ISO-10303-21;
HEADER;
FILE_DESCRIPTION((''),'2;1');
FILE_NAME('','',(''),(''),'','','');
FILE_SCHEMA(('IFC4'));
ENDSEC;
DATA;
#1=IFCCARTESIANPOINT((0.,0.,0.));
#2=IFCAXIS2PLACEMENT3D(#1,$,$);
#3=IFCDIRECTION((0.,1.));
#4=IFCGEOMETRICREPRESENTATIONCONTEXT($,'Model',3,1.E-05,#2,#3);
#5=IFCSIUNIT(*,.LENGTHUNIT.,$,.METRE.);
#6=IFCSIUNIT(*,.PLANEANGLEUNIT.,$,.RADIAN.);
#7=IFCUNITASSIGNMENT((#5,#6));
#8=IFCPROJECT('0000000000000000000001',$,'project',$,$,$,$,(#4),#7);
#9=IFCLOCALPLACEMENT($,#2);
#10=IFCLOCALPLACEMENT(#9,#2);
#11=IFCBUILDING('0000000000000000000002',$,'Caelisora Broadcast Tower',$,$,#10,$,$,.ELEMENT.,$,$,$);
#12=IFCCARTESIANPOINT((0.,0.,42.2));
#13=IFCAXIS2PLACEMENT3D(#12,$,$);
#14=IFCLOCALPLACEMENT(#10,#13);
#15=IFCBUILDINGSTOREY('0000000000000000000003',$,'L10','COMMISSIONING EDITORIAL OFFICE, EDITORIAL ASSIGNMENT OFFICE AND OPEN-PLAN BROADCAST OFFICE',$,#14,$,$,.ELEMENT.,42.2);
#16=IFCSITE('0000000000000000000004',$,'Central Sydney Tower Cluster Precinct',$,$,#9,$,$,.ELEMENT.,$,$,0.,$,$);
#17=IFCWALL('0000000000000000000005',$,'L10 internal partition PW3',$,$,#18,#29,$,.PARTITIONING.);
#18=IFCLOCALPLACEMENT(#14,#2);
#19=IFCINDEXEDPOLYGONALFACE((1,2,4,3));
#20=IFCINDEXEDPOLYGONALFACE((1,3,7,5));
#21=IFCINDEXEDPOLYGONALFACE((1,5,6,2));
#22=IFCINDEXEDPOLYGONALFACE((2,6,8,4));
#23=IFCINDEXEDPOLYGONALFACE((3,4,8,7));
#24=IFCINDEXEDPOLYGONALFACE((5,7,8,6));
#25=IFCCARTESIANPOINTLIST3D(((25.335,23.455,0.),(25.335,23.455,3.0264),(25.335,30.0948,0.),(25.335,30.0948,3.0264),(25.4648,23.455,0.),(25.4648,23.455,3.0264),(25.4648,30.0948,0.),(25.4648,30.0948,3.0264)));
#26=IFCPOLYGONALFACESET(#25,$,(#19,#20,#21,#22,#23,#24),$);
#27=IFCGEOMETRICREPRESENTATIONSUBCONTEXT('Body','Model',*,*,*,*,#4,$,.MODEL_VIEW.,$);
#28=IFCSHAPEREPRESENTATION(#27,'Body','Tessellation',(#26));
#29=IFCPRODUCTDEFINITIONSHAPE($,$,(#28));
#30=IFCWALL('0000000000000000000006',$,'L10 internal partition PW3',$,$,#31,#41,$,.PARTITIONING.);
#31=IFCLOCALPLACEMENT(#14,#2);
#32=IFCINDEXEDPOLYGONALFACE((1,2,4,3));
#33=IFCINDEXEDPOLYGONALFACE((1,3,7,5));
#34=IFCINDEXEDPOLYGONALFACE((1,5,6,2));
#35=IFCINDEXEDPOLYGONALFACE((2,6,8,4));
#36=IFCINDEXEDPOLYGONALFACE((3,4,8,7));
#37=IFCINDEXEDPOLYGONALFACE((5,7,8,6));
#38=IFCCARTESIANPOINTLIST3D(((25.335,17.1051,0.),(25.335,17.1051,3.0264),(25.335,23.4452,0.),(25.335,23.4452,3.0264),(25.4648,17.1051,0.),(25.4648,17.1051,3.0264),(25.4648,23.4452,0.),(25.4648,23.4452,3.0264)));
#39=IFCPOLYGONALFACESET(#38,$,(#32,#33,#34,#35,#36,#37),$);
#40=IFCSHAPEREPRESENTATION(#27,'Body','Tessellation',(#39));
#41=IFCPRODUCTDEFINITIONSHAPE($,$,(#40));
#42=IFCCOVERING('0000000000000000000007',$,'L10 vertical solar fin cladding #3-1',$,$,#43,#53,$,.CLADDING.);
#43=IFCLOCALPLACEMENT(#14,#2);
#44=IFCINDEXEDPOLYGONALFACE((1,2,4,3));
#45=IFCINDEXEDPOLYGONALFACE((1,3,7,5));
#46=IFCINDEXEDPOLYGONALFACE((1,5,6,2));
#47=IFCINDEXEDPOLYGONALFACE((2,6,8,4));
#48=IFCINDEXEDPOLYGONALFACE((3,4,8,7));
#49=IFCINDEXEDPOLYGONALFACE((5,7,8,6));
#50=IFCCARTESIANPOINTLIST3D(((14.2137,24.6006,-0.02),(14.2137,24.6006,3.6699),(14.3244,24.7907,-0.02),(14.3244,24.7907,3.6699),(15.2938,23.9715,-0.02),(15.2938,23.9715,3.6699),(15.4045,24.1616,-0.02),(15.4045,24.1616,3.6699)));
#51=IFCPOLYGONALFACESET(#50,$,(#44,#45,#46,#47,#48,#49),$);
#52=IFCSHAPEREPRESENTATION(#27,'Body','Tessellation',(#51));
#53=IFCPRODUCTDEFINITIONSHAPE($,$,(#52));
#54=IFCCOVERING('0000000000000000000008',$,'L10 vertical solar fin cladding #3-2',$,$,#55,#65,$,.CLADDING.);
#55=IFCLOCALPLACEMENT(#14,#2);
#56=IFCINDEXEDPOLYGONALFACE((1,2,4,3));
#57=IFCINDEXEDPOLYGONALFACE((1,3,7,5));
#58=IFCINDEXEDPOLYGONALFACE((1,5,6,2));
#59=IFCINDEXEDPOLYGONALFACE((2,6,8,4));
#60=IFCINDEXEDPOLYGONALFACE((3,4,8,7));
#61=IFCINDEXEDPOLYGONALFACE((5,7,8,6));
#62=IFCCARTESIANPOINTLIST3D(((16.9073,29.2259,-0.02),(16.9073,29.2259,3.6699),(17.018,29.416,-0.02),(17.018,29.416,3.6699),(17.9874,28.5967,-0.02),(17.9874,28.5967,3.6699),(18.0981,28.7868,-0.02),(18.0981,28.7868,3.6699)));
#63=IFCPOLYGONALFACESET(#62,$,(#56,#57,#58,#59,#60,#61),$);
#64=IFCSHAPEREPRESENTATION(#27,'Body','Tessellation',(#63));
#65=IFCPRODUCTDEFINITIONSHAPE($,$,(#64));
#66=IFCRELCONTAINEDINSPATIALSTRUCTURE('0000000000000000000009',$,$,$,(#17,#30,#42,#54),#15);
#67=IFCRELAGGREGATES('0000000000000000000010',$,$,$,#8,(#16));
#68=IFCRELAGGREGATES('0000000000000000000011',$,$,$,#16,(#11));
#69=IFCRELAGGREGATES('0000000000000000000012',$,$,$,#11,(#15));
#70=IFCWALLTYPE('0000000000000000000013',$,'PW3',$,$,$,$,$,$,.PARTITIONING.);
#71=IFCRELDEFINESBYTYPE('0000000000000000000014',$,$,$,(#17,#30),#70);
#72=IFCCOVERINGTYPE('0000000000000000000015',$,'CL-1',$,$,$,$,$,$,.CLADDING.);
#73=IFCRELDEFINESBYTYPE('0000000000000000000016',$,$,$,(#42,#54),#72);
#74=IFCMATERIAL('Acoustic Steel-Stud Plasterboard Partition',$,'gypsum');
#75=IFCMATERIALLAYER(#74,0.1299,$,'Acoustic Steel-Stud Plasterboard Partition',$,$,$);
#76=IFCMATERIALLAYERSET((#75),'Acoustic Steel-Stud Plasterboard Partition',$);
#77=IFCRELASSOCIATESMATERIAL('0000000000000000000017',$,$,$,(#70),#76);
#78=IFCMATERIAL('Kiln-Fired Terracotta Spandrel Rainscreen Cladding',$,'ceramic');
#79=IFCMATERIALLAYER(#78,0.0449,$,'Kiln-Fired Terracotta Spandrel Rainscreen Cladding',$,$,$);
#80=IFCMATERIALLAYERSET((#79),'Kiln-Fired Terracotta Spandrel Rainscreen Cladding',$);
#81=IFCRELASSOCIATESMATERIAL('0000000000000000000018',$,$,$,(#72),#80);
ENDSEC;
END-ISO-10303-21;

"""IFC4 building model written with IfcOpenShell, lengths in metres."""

from ifc_helpers import new_model, si_unit, direction, frame, frame_2d, origin, origin_2d, place, context, subcontext, project, spatial, rectangle, extrude, source, transform, mapped, material, layer, layer_set, type_object, type_shapes, element, save


model = new_model("IFC4")

# Units and contexts
model_context = context("Model", 3, precision=1e-05, world=origin(), true_north=direction((0.0, 1.0)))
body_context = subcontext(model_context, "Body", "Model", "MODEL_VIEW")
ifc_project = project(units=[si_unit("LENGTHUNIT", "METRE"), si_unit("PLANEANGLEUNIT", "RADIAN")], contexts=[model_context])

# Site, building, storey
site_placement = place(None, origin())
site = spatial("IfcSite", under=ifc_project, at=site_placement, Name="Central Sydney Tower Cluster Precinct", CompositionType="ELEMENT", RefElevation=0.0)
building_placement = place(site_placement, origin())
building = spatial("IfcBuilding", under=site, at=building_placement, Name="Caelisora Broadcast Tower", CompositionType="ELEMENT")
storey_placement = place(building_placement, frame((0.0, 0.0, 42.2)))
storey = spatial("IfcBuildingStorey", under=building, at=storey_placement, Name="L10", Description="COMMISSIONING EDITORIAL OFFICE, EDITORIAL ASSIGNMENT OFFICE AND OPEN-PLAN BROADCAST OFFICE", CompositionType="ELEMENT", Elevation=42.2)

# Shared definitions
ifc_material_1 = material(Name="Acoustic Steel-Stud Plasterboard Partition", Category="gypsum")
ifc_layer_1 = layer(ifc_material_1, 0.1299, Name="Acoustic Steel-Stud Plasterboard Partition")
ifc_layer_set_1 = layer_set([ifc_layer_1], Name="Acoustic Steel-Stud Plasterboard Partition")
wall_type_1 = type_object("IfcWallType", Name="PW3", PredefinedType="PARTITIONING", material=ifc_layer_set_1)

# Walls
wall_1_placement = place(storey_placement, frame((25.3999, 23.4551, 0.0), z_axis=(0.0, 0.0, 1.0), x_axis=(0.0, 1.0, 0.0)))
element("IfcWall", 1, at=wall_1_placement, inside=storey, type_object=wall_type_1, Name="L10 internal partition PW3", PredefinedType="PARTITIONING", context=body_context, shape_type="SweptSolid", body=[
    extrude(rectangle(XDim=6.6399, YDim=0.1299, at=frame_2d((3.3198, 0.0))), origin(), (0.0, 0.0, 1.0), 3.0264),
])
wall_2_placement = place(storey_placement, frame((25.3999, 23.4451, 0.0), z_axis=(0.0, 0.0, 1.0), x_axis=(0.0, -1.0, 0.0)))
element("IfcWall", 2, at=wall_2_placement, inside=storey, type_object=wall_type_1, Name="L10 internal partition PW3", PredefinedType="PARTITIONING", context=body_context, shape_type="SweptSolid", body=[
    extrude(rectangle(XDim=6.3401, YDim=0.1299, at=frame_2d((3.1699, 0.0))), origin(), (0.0, 0.0, 1.0), 3.0264),
])

# Coverings
ifc_material_2 = material(Name="Kiln-Fired Terracotta Spandrel Rainscreen Cladding", Category="ceramic")
ifc_layer_2 = layer(ifc_material_2, 0.0449, Name="Kiln-Fired Terracotta Spandrel Rainscreen Cladding")
ifc_layer_set_2 = layer_set([ifc_layer_2], Name="Kiln-Fired Terracotta Spandrel Rainscreen Cladding")
covering_type = type_object("IfcCoveringType", Name="CL-1", PredefinedType="CLADDING", material=ifc_layer_set_2)
shared_shape_1 = source(origin(), body_context, "Body", "SweptSolid", [
    extrude(rectangle(XDim=0.22, YDim=1.25, at=origin_2d()), origin(), (0.0, 0.0, 1.0), 3.6899),
])
type_shapes(covering_type, [shared_shape_1])
for number, where, z_axis, x_axis, name in (
    (3, (14.8091, 24.3811, -0.02), (0.0, 0.0, 1.0), (0.503322, 0.864099, 0.0), "L10 vertical solar fin cladding #3-1"),
    (4, (17.5027, 29.0063, -0.02), (0.0, 0.0, 1.0), (0.503322, 0.864099, 0.0), "L10 vertical solar fin cladding #3-2"),
):
    element("IfcCovering", number, at=place(storey_placement, frame(where, z_axis=z_axis, x_axis=x_axis)), inside=storey, type_object=covering_type, Name=name, PredefinedType="CLADDING", context=body_context, shape_type="MappedRepresentation", body=[
        mapped(shared_shape_1, transform((0.0, 0.0, 0.0), scale=1.0)),
    ])

save(model, "model.ifc")
